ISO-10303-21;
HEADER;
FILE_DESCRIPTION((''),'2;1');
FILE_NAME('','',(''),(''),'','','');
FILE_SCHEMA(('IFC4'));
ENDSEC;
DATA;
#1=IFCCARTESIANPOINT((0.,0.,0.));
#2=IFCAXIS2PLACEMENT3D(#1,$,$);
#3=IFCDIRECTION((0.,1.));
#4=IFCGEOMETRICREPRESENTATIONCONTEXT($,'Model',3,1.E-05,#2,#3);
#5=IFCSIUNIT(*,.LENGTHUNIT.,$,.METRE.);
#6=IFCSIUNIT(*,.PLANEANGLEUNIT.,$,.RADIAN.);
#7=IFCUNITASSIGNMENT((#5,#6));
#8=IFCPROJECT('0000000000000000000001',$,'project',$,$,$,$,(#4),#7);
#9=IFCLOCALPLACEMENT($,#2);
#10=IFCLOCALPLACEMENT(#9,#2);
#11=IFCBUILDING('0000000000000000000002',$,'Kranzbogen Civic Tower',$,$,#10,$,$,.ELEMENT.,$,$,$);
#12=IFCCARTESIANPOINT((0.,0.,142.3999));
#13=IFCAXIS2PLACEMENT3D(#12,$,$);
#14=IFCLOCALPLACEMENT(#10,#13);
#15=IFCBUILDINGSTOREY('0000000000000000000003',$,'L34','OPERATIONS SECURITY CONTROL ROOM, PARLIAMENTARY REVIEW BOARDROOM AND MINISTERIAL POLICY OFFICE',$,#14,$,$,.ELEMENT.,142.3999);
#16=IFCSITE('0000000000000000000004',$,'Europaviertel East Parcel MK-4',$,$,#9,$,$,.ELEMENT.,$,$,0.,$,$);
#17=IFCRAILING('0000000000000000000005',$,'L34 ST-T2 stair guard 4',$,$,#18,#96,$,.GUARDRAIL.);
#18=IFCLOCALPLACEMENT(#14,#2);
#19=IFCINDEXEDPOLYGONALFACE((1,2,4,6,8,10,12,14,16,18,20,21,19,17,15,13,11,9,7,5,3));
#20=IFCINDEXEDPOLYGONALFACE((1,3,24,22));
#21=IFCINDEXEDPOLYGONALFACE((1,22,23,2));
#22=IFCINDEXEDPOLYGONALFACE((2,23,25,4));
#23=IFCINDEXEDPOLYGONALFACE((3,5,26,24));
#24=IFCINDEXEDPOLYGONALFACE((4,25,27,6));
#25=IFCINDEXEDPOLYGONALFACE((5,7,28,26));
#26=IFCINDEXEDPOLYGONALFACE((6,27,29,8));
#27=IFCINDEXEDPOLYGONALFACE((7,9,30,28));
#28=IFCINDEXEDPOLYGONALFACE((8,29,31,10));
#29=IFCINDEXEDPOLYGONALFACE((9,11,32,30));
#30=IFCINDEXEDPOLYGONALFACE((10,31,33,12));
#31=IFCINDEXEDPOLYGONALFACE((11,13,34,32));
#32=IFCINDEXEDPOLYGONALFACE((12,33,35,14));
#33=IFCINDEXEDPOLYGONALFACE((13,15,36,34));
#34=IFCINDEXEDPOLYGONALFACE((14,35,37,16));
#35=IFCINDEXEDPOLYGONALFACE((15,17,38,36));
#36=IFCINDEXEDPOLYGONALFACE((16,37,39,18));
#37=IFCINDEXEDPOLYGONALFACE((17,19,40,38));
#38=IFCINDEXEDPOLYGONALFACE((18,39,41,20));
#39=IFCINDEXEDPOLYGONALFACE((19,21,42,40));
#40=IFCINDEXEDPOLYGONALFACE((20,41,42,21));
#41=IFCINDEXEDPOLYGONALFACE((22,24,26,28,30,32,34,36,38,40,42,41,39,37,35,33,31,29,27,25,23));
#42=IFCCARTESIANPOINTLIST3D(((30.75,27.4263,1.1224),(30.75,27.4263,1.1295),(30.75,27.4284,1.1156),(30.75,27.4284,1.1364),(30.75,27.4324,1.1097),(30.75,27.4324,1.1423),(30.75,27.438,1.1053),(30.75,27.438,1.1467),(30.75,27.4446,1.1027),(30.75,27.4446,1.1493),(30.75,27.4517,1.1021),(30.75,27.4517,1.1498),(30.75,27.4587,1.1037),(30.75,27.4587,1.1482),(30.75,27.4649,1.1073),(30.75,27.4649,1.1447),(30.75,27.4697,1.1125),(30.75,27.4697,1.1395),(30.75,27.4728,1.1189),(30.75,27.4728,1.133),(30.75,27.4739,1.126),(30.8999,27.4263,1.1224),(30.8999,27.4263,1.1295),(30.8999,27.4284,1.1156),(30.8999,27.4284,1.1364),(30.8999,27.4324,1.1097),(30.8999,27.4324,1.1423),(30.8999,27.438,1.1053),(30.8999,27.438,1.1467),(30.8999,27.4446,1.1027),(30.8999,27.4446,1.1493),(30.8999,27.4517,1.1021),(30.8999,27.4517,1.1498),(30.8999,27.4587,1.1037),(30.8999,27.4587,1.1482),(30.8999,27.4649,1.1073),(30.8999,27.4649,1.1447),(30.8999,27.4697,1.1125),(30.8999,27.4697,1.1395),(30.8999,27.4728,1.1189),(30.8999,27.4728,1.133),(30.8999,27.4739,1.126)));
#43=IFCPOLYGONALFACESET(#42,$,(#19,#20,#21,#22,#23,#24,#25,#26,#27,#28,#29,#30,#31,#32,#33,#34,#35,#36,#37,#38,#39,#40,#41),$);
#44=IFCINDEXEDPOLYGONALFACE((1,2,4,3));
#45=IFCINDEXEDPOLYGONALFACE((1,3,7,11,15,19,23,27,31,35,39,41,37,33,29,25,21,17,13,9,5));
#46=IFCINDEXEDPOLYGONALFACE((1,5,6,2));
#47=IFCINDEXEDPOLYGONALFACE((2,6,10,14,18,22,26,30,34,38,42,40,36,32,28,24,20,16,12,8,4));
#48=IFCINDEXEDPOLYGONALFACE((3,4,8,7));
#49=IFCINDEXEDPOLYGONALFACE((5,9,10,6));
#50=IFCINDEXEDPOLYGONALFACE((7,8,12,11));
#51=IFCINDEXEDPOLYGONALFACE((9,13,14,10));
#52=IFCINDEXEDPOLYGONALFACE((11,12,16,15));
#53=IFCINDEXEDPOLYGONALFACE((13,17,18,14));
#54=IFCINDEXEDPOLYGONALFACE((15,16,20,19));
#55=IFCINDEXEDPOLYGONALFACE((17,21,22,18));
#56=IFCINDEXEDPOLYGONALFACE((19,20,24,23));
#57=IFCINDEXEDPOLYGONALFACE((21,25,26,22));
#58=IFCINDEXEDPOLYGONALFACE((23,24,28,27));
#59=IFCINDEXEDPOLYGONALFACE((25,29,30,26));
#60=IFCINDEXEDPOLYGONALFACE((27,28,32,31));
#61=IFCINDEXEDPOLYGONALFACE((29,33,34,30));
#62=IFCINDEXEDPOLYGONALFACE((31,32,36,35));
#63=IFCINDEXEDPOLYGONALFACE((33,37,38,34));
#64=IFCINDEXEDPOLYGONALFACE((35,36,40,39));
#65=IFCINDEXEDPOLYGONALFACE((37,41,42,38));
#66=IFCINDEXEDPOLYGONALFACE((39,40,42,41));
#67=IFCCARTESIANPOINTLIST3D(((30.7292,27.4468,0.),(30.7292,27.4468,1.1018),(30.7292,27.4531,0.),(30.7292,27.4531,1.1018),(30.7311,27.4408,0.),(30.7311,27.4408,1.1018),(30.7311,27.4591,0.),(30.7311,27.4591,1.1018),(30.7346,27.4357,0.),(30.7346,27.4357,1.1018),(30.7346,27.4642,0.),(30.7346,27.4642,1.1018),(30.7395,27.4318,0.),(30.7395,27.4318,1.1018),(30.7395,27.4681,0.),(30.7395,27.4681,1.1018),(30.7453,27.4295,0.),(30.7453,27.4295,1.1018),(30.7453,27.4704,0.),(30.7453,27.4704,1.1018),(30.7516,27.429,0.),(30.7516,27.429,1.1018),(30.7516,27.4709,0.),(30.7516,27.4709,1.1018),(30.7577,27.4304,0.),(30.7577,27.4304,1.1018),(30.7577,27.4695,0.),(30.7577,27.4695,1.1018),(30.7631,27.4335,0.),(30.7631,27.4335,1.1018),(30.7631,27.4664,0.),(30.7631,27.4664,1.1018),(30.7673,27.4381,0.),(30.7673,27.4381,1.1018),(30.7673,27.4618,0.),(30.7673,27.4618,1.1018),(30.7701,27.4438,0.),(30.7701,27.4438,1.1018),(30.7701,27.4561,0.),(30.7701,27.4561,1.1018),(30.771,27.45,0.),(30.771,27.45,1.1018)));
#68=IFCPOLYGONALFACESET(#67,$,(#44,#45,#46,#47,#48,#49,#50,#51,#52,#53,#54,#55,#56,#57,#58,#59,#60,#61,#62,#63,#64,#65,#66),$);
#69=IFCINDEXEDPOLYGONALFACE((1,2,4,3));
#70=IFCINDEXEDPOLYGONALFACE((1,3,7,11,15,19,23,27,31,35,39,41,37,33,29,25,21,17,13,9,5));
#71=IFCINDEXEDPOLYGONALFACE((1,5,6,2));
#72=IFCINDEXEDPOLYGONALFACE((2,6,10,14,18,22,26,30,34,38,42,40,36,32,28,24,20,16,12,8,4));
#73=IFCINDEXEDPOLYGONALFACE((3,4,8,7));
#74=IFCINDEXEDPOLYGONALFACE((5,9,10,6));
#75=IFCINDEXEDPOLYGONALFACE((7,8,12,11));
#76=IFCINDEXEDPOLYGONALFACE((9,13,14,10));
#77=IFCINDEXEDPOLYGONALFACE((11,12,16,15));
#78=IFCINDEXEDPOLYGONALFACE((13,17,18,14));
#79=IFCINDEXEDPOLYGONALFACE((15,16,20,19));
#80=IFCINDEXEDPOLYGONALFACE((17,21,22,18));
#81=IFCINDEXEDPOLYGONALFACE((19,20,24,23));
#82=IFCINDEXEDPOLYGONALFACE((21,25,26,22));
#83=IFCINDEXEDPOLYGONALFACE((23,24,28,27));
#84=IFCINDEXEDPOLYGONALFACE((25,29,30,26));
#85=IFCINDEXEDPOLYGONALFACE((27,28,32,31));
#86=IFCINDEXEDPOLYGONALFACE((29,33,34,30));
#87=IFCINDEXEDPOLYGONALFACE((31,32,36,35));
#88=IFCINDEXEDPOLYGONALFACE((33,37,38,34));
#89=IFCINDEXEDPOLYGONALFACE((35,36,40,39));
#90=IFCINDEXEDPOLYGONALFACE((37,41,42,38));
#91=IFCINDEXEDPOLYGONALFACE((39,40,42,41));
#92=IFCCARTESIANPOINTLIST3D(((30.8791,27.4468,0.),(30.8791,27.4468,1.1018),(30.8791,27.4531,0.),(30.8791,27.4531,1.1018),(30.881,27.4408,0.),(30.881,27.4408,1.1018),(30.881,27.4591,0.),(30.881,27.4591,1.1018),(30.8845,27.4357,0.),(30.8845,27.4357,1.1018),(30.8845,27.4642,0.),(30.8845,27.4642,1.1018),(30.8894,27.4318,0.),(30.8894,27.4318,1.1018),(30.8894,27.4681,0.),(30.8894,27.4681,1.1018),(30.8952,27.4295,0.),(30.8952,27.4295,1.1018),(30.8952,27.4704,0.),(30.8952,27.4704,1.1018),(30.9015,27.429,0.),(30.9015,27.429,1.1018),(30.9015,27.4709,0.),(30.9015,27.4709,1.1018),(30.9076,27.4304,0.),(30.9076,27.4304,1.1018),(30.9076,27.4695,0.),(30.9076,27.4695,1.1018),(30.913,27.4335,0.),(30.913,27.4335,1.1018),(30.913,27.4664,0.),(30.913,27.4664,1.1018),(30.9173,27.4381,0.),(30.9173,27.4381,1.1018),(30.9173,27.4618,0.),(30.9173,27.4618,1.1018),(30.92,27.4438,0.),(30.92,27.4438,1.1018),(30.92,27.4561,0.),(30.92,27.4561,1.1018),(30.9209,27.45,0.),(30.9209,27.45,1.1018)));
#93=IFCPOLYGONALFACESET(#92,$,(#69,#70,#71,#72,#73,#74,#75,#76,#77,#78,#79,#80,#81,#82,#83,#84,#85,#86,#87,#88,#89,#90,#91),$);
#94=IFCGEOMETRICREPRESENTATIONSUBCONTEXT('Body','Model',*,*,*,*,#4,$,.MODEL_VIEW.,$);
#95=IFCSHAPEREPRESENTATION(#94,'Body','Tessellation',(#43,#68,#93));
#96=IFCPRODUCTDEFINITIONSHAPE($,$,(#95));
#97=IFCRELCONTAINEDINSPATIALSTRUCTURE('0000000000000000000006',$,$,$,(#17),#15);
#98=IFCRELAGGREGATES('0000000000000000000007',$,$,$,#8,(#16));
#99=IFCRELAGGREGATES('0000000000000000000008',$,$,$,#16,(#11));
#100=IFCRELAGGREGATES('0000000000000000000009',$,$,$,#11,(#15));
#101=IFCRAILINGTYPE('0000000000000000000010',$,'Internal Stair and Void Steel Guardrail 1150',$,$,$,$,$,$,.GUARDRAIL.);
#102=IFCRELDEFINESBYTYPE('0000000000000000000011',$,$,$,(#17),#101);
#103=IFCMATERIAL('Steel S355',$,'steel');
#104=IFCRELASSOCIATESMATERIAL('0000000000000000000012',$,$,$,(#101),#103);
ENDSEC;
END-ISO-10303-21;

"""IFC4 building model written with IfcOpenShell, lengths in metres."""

from ifc_helpers import new_model, si_unit, direction, frame, origin, origin_2d, place, context, subcontext, project, spatial, circle, extrude, material, type_object, element, save


model = new_model("IFC4")

# Units and contexts
model_context = context("Model", 3, precision=1e-05, world=origin(), true_north=direction((0.0, 1.0)))
body_context = subcontext(model_context, "Body", "Model", "MODEL_VIEW")
ifc_project = project(units=[si_unit("LENGTHUNIT", "METRE"), si_unit("PLANEANGLEUNIT", "RADIAN")], contexts=[model_context])

# Site, building, storey
site_placement = place(None, origin())
site = spatial("IfcSite", under=ifc_project, at=site_placement, Name="Europaviertel East Parcel MK-4", CompositionType="ELEMENT", RefElevation=0.0)
building_placement = place(site_placement, origin())
building = spatial("IfcBuilding", under=site, at=building_placement, Name="Kranzbogen Civic Tower", CompositionType="ELEMENT")
storey_placement = place(building_placement, frame((0.0, 0.0, 142.3999)))
storey = spatial("IfcBuildingStorey", under=building, at=storey_placement, Name="L34", Description="OPERATIONS SECURITY CONTROL ROOM, PARLIAMENTARY REVIEW BOARDROOM AND MINISTERIAL POLICY OFFICE", CompositionType="ELEMENT", Elevation=142.3999)

# Shared definitions
ifc_material_1 = material(Name="Steel S355", Category="steel")

# Railing
railing_type_1 = type_object("IfcRailingType", Name="Internal Stair and Void Steel Guardrail 1150", PredefinedType="GUARDRAIL", material=ifc_material_1)
railing_1_placement = place(storey_placement, frame((30.75, 27.45, 0.0)))
element("IfcRailing", 1, at=railing_1_placement, inside=storey, type_object=railing_type_1, Name="L34 ST-T2 stair guard 4", PredefinedType="GUARDRAIL", context=body_context, shape_type="SweptSolid", body=[
    extrude(circle(Radius=0.0239, at=origin_2d()), frame((0.0, 0.0, 1.126), z_axis=(1.0, 0.0, 0.0), x_axis=(0.0, 1.0, 0.0)), (0.0, 0.0, 1.0), 0.1499),
    extrude(circle(Radius=0.021, at=origin_2d()), origin(), (0.0, 0.0, 1.0), 1.1018),
    extrude(circle(Radius=0.021, at=origin_2d()), frame((0.1499, 0.0, 0.0)), (0.0, 0.0, 1.0), 1.1018),
])

save(model, "model.ifc")
